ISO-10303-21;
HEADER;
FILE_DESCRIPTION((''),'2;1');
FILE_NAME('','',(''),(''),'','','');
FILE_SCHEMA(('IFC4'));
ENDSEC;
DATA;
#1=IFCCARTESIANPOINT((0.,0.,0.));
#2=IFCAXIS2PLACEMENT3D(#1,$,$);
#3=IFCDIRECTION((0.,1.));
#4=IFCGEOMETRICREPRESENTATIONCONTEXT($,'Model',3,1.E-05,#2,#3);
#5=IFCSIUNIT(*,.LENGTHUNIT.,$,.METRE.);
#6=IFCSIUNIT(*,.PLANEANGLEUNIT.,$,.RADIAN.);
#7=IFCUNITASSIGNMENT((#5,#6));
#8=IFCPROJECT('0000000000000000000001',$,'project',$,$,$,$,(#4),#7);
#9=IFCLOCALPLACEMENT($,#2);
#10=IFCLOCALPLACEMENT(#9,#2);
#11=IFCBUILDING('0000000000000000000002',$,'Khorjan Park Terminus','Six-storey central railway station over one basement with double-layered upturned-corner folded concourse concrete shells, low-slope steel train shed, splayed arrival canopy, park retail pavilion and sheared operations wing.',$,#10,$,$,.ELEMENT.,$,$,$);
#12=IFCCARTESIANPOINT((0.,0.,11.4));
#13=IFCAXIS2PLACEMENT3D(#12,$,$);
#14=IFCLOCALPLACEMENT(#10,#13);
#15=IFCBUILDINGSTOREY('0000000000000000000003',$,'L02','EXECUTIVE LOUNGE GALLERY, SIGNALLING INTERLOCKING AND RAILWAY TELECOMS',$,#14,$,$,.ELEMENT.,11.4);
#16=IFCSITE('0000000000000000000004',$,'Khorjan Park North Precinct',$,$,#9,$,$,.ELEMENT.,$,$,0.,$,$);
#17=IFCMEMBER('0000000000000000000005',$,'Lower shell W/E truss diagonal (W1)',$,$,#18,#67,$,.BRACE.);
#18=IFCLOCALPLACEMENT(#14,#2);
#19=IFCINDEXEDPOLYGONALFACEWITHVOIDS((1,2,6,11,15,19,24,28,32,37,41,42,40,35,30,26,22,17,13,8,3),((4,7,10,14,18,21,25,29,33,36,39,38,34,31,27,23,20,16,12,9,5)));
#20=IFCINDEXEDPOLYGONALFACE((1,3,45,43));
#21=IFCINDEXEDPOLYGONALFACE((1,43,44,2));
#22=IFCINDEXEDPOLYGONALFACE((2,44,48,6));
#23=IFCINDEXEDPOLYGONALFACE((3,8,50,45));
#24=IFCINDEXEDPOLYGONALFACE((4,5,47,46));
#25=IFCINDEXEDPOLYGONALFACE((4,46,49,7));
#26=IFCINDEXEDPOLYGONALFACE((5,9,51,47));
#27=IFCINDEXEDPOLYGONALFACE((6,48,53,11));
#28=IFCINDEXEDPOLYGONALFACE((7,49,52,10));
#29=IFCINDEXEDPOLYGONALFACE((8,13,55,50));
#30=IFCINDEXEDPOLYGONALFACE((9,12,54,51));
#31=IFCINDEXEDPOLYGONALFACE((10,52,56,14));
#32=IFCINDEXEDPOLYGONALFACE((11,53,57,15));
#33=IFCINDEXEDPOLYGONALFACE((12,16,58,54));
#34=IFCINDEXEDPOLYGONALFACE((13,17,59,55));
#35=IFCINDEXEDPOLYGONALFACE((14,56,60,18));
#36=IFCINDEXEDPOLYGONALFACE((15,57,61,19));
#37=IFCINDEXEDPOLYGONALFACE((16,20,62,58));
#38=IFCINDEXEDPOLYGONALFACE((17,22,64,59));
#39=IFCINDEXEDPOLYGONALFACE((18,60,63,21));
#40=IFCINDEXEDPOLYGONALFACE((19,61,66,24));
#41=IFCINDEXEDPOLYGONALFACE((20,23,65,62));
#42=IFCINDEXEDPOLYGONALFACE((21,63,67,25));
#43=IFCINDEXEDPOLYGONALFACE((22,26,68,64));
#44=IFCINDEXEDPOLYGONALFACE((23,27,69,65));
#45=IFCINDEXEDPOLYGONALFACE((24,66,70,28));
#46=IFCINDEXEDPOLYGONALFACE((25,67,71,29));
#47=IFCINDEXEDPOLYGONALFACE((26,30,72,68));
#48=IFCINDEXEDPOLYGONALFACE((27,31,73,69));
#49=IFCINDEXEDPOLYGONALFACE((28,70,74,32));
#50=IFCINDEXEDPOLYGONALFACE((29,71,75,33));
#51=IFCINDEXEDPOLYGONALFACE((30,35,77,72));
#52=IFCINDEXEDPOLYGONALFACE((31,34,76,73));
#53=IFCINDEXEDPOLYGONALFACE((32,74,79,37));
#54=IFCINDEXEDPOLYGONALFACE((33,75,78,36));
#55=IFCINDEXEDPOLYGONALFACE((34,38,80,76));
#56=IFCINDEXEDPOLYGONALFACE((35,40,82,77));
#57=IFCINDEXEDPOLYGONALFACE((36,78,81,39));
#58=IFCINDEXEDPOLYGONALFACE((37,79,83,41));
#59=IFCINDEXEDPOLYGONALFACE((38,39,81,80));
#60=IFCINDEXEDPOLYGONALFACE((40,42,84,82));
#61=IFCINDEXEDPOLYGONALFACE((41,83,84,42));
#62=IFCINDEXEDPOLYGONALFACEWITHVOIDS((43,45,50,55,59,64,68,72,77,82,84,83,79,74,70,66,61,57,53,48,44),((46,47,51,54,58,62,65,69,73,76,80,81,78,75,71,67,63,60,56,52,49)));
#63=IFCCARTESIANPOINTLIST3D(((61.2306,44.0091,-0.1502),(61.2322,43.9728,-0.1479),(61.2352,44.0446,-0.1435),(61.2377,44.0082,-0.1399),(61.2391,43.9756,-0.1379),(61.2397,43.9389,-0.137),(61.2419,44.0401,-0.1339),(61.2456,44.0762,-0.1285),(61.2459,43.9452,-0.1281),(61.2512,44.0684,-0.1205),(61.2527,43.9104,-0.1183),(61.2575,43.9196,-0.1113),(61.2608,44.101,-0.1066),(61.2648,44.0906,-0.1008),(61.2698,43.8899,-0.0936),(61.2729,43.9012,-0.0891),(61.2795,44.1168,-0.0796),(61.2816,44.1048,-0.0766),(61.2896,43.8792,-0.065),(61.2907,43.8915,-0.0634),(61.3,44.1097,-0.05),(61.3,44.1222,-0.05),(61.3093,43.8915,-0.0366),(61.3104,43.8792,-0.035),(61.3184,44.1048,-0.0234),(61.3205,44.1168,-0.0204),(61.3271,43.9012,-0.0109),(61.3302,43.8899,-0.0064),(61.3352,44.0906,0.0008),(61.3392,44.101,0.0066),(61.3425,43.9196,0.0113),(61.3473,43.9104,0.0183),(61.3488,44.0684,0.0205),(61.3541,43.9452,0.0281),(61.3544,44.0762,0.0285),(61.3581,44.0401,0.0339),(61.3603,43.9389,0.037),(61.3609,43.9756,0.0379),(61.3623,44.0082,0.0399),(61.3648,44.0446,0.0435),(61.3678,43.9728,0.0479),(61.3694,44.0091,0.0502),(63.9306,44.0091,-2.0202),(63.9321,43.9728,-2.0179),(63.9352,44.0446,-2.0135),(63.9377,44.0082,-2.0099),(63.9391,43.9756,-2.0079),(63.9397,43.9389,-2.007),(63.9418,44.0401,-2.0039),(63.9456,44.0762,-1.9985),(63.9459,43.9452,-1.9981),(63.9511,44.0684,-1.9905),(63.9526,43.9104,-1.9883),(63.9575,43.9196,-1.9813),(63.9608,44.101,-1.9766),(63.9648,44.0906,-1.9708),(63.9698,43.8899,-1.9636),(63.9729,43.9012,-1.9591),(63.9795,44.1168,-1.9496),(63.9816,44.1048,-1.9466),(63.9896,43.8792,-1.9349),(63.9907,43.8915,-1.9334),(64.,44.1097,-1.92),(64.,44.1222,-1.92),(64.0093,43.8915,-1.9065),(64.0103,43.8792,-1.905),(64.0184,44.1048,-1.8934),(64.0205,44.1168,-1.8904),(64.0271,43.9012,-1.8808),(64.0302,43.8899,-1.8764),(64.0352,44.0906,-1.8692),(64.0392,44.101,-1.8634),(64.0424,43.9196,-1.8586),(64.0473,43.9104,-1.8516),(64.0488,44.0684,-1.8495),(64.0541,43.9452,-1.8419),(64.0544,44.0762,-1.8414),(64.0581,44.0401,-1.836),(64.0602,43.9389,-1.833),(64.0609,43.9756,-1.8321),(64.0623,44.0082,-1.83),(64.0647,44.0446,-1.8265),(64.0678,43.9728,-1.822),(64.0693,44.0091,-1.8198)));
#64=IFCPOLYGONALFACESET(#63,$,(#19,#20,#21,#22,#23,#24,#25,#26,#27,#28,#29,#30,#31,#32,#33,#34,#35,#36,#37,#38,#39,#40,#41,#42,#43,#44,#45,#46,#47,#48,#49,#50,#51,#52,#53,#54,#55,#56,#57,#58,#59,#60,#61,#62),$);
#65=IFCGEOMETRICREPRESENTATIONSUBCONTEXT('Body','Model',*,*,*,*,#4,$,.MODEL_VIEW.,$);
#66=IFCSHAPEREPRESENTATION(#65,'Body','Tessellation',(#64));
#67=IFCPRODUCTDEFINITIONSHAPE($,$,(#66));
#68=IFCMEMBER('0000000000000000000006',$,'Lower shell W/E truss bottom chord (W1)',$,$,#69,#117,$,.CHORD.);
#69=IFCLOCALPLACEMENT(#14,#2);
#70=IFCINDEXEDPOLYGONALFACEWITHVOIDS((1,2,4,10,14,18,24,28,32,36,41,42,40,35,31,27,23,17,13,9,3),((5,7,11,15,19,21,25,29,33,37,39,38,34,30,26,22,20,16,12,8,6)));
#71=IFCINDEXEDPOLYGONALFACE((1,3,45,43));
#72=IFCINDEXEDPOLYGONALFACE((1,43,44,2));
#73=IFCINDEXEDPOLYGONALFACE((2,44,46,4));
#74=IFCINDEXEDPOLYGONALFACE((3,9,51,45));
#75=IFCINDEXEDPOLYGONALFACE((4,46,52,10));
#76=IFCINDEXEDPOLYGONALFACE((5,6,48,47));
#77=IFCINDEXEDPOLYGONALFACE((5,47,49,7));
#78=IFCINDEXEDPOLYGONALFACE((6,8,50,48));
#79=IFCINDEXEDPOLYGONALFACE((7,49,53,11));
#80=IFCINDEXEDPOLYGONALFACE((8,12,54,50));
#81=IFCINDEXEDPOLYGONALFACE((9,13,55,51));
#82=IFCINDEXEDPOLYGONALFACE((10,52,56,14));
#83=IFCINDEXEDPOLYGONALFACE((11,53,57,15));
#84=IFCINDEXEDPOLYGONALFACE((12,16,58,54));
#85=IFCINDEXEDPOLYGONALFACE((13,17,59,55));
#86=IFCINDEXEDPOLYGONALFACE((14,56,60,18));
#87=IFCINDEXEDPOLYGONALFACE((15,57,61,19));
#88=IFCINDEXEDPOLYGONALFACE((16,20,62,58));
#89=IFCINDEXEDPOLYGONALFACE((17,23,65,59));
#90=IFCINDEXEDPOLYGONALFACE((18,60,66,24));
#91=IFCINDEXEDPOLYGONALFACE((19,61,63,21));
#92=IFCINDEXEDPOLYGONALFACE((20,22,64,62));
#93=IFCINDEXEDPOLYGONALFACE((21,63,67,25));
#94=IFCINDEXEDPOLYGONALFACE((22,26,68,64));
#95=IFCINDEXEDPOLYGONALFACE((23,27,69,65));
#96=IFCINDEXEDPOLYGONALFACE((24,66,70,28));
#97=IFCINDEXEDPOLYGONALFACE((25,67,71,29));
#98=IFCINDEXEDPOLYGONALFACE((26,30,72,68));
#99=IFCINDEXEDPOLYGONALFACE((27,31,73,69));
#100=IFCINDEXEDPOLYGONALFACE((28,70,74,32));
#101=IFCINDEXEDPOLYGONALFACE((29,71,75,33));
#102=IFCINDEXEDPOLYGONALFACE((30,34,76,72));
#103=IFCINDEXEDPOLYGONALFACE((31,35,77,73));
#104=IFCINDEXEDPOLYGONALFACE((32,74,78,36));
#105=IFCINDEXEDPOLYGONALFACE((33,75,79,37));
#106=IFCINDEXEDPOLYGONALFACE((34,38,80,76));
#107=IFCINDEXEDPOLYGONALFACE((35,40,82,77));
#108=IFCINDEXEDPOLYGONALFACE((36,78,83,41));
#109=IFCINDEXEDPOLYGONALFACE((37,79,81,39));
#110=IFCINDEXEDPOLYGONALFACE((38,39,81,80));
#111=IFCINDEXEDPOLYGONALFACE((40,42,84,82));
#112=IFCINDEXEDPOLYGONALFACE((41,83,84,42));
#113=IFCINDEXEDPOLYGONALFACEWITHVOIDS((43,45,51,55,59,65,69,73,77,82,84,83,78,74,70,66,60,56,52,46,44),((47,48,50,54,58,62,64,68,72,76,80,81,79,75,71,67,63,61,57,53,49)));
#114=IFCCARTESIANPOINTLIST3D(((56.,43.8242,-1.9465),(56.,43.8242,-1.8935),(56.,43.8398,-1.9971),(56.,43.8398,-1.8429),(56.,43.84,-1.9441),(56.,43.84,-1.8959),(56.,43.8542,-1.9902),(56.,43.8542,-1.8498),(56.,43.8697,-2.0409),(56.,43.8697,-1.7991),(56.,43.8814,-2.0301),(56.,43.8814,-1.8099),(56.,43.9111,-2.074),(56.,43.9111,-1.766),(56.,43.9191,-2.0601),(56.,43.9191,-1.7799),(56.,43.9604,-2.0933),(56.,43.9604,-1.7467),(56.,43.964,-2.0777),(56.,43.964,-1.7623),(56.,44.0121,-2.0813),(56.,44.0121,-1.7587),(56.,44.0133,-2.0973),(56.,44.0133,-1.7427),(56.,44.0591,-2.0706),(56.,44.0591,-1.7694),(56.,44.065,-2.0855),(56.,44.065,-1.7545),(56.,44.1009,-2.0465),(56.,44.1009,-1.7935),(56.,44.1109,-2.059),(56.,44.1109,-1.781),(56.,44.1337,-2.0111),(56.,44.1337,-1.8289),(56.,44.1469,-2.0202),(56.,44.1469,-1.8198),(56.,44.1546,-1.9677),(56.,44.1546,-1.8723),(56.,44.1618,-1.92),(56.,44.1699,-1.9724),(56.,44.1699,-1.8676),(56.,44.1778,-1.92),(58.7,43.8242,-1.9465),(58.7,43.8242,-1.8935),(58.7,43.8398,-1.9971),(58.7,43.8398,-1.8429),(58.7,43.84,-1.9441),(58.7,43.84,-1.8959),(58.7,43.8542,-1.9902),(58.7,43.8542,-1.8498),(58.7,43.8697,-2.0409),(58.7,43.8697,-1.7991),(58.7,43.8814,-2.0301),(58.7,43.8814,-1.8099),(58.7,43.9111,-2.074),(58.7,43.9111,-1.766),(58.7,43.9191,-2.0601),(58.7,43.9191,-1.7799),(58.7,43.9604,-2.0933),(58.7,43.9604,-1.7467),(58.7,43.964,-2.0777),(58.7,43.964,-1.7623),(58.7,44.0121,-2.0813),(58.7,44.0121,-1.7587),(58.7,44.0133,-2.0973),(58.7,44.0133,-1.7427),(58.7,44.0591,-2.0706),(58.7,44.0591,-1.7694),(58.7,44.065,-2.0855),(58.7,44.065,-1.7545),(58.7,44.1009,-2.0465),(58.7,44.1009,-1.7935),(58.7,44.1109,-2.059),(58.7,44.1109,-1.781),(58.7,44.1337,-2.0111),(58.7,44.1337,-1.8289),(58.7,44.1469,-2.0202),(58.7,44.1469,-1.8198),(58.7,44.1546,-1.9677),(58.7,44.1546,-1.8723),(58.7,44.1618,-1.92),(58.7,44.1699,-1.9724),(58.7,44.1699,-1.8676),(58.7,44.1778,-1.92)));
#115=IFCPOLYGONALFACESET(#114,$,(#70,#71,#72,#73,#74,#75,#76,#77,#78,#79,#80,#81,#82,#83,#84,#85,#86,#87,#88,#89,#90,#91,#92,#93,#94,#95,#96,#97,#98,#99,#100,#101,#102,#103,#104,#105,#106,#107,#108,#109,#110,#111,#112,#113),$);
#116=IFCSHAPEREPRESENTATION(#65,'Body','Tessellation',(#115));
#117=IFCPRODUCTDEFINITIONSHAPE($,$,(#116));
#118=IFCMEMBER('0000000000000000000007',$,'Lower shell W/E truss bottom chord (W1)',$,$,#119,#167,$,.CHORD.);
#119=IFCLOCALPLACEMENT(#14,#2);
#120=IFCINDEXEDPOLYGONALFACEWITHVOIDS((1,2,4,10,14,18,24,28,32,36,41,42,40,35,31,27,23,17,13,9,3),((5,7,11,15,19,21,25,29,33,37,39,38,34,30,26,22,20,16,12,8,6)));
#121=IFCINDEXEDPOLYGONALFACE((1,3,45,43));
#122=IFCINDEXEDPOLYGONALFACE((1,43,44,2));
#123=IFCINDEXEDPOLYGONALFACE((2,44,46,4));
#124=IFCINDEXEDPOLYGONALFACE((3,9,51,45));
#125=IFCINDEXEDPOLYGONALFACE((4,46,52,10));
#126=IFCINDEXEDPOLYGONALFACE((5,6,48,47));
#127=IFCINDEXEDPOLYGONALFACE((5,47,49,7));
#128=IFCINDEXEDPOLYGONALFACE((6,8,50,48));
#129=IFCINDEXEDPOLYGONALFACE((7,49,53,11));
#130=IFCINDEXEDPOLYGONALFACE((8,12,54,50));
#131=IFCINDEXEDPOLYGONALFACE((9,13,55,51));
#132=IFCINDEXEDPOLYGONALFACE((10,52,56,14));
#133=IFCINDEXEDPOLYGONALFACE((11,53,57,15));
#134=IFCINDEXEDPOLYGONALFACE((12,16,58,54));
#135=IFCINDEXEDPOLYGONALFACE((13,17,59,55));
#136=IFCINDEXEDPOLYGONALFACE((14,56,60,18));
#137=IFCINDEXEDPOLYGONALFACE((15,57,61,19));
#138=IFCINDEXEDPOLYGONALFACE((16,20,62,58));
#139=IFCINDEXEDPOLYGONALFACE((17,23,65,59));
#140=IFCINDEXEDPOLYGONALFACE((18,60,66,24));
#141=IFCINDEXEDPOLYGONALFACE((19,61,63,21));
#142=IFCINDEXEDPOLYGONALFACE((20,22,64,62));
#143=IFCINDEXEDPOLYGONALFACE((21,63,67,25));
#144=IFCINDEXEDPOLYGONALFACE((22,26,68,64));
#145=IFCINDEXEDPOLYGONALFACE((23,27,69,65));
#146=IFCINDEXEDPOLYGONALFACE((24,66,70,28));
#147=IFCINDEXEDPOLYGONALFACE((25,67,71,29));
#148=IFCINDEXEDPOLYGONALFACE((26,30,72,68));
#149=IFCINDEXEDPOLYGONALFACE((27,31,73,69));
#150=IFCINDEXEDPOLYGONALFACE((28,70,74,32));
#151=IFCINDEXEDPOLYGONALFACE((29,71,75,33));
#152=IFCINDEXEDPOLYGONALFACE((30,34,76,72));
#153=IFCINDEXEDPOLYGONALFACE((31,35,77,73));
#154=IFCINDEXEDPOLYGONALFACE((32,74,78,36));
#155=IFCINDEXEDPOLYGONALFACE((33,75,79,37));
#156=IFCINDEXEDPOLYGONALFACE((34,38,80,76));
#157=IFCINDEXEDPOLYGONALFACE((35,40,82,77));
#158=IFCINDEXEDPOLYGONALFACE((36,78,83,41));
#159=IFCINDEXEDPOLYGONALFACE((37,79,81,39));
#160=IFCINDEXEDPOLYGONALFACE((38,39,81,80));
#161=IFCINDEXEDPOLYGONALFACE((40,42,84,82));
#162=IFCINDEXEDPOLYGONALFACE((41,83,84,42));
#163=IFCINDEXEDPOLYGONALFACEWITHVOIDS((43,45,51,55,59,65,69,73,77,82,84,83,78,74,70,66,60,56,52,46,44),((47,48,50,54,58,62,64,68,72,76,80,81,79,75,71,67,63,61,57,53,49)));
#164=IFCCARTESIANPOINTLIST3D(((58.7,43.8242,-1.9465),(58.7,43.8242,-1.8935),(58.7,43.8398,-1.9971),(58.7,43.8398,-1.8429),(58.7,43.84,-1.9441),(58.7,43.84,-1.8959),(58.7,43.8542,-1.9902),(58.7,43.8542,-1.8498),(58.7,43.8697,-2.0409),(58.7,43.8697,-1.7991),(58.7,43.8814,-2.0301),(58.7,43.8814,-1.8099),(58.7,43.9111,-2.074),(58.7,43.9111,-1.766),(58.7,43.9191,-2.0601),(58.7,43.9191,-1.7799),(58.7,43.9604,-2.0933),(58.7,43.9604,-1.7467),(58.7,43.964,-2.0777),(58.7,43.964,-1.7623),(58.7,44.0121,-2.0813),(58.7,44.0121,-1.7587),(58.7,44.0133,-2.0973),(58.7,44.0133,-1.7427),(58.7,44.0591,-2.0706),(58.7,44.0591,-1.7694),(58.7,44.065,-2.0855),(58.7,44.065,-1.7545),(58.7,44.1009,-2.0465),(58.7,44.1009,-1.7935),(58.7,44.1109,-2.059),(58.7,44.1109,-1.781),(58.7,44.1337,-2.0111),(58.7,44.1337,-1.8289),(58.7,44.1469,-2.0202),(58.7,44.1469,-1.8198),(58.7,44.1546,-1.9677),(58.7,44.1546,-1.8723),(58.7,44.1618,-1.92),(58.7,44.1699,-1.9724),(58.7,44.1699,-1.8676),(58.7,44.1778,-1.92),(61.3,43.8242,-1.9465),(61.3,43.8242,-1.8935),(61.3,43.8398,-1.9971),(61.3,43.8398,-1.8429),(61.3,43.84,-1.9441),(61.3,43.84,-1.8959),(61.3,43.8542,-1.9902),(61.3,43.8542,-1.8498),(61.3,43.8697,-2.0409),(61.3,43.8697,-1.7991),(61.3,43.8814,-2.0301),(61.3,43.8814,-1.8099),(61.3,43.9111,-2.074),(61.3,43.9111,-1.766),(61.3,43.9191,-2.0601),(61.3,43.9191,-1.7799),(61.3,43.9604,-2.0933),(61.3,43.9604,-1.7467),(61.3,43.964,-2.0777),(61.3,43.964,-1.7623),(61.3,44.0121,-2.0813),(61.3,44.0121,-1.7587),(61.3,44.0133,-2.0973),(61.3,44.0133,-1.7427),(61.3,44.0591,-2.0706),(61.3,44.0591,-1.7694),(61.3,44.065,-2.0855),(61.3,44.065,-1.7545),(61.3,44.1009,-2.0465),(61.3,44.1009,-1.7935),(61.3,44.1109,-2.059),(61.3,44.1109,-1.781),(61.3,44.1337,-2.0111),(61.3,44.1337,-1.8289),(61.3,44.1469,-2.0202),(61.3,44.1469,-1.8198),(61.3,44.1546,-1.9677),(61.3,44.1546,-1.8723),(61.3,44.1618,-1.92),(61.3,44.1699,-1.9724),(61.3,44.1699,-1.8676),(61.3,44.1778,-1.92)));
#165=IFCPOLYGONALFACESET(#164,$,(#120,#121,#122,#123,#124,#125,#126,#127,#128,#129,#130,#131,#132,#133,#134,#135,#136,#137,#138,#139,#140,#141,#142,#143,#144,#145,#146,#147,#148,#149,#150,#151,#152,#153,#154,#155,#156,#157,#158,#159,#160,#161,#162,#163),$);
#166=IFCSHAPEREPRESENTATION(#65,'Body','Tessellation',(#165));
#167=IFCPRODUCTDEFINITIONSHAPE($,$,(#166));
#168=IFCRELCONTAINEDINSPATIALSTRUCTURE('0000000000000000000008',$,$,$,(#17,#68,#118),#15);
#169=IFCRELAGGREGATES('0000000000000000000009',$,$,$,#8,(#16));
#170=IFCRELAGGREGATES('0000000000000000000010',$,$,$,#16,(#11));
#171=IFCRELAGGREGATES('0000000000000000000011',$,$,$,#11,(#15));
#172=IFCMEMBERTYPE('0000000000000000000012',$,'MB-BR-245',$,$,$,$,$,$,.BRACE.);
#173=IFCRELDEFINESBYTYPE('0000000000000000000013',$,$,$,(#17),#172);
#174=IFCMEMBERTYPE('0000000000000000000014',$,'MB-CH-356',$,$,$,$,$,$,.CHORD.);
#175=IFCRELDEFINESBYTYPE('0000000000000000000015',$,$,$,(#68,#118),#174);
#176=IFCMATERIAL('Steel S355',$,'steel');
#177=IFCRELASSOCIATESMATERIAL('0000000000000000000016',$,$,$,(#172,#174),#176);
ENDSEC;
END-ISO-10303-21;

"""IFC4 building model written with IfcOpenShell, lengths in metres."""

from ifc_helpers import new_model, si_unit, direction, frame, origin, origin_2d, place, context, subcontext, project, spatial, hollow_circle, extrude, material, material_profile, profile_set, type_object, element, save


model = new_model("IFC4")

# Units and contexts
model_context = context("Model", 3, precision=1e-05, world=origin(), true_north=direction((0.0, 1.0)))
body_context = subcontext(model_context, "Body", "Model", "MODEL_VIEW")
ifc_project = project(units=[si_unit("LENGTHUNIT", "METRE"), si_unit("PLANEANGLEUNIT", "RADIAN")], contexts=[model_context])

# Site, building, storey
site_placement = place(None, origin())
site = spatial("IfcSite", under=ifc_project, at=site_placement, Name="Khorjan Park North Precinct", CompositionType="ELEMENT", RefElevation=0.0)
building_placement = place(site_placement, origin())
building = spatial("IfcBuilding", under=site, at=building_placement, Name="Khorjan Park Terminus", Description="Six-storey central railway station over one basement with double-layered upturned-corner folded concourse concrete shells, low-slope steel train shed, splayed arrival canopy, park retail pavilion and sheared operations wing.", CompositionType="ELEMENT")
storey_placement = place(building_placement, frame((0.0, 0.0, 11.4)))
storey = spatial("IfcBuildingStorey", under=building, at=storey_placement, Name="L02", Description="EXECUTIVE LOUNGE GALLERY, SIGNALLING INTERLOCKING AND RAILWAY TELECOMS", CompositionType="ELEMENT", Elevation=11.4)

# Shared definitions
ifc_material_1 = material(Name="Steel S355", Category="steel")

# Members
ifc_material_profile_1 = material_profile(ifc_material_1, hollow_circle(Radius=0.1222, WallThickness=0.0125, at=origin_2d()), Name="CHS 244.5x12.5")
ifc_profile_set_1 = profile_set([ifc_material_profile_1], Name="Steel S355")
member_type_1 = type_object("IfcMemberType", Name="MB-BR-245", PredefinedType="BRACE", material=ifc_profile_set_1)
member_1_placement = place(storey_placement, frame((61.3, 44.0, -0.05), z_axis=(0.822083, 0.0, -0.569368), x_axis=(0.0, 1.0, 0.0)))
element("IfcMember", 1, at=member_1_placement, inside=storey, type_object=member_type_1, Name="Lower shell W/E truss diagonal (W1)", PredefinedType="BRACE", context=body_context, shape_type="SweptSolid", body=[
    extrude(hollow_circle(Radius=0.1222, WallThickness=0.0125, at=origin_2d()), origin(), (0.0, 0.0, 1.0), 3.2843),
])
ifc_material_profile_2 = material_profile(ifc_material_1, hollow_circle(Radius=0.1778, WallThickness=0.016, at=origin_2d()), Name="CHS 355.6x16")
ifc_profile_set_2 = profile_set([ifc_material_profile_2], Name="Steel S355")
member_type_2 = type_object("IfcMemberType", Name="MB-CH-356", PredefinedType="CHORD", material=ifc_profile_set_2)
member_2_placement = place(storey_placement, frame((56.0, 44.0, -1.92), z_axis=(1.0, 0.0, 0.0), x_axis=(0.0, 1.0, 0.0)))
element("IfcMember", 2, at=member_2_placement, inside=storey, type_object=member_type_2, Name="Lower shell W/E truss bottom chord (W1)", PredefinedType="CHORD", context=body_context, shape_type="SweptSolid", body=[
    extrude(hollow_circle(Radius=0.1778, WallThickness=0.016, at=origin_2d()), origin(), (0.0, 0.0, 1.0), 2.7),
])
member_3_placement = place(storey_placement, frame((58.7, 44.0, -1.92), z_axis=(1.0, 0.0, 0.0), x_axis=(0.0, 1.0, 0.0)))
element("IfcMember", 3, at=member_3_placement, inside=storey, type_object=member_type_2, Name="Lower shell W/E truss bottom chord (W1)", PredefinedType="CHORD", context=body_context, shape_type="SweptSolid", body=[
    extrude(hollow_circle(Radius=0.1778, WallThickness=0.016, at=origin_2d()), origin(), (0.0, 0.0, 1.0), 2.6),
])

save(model, "model.ifc")
